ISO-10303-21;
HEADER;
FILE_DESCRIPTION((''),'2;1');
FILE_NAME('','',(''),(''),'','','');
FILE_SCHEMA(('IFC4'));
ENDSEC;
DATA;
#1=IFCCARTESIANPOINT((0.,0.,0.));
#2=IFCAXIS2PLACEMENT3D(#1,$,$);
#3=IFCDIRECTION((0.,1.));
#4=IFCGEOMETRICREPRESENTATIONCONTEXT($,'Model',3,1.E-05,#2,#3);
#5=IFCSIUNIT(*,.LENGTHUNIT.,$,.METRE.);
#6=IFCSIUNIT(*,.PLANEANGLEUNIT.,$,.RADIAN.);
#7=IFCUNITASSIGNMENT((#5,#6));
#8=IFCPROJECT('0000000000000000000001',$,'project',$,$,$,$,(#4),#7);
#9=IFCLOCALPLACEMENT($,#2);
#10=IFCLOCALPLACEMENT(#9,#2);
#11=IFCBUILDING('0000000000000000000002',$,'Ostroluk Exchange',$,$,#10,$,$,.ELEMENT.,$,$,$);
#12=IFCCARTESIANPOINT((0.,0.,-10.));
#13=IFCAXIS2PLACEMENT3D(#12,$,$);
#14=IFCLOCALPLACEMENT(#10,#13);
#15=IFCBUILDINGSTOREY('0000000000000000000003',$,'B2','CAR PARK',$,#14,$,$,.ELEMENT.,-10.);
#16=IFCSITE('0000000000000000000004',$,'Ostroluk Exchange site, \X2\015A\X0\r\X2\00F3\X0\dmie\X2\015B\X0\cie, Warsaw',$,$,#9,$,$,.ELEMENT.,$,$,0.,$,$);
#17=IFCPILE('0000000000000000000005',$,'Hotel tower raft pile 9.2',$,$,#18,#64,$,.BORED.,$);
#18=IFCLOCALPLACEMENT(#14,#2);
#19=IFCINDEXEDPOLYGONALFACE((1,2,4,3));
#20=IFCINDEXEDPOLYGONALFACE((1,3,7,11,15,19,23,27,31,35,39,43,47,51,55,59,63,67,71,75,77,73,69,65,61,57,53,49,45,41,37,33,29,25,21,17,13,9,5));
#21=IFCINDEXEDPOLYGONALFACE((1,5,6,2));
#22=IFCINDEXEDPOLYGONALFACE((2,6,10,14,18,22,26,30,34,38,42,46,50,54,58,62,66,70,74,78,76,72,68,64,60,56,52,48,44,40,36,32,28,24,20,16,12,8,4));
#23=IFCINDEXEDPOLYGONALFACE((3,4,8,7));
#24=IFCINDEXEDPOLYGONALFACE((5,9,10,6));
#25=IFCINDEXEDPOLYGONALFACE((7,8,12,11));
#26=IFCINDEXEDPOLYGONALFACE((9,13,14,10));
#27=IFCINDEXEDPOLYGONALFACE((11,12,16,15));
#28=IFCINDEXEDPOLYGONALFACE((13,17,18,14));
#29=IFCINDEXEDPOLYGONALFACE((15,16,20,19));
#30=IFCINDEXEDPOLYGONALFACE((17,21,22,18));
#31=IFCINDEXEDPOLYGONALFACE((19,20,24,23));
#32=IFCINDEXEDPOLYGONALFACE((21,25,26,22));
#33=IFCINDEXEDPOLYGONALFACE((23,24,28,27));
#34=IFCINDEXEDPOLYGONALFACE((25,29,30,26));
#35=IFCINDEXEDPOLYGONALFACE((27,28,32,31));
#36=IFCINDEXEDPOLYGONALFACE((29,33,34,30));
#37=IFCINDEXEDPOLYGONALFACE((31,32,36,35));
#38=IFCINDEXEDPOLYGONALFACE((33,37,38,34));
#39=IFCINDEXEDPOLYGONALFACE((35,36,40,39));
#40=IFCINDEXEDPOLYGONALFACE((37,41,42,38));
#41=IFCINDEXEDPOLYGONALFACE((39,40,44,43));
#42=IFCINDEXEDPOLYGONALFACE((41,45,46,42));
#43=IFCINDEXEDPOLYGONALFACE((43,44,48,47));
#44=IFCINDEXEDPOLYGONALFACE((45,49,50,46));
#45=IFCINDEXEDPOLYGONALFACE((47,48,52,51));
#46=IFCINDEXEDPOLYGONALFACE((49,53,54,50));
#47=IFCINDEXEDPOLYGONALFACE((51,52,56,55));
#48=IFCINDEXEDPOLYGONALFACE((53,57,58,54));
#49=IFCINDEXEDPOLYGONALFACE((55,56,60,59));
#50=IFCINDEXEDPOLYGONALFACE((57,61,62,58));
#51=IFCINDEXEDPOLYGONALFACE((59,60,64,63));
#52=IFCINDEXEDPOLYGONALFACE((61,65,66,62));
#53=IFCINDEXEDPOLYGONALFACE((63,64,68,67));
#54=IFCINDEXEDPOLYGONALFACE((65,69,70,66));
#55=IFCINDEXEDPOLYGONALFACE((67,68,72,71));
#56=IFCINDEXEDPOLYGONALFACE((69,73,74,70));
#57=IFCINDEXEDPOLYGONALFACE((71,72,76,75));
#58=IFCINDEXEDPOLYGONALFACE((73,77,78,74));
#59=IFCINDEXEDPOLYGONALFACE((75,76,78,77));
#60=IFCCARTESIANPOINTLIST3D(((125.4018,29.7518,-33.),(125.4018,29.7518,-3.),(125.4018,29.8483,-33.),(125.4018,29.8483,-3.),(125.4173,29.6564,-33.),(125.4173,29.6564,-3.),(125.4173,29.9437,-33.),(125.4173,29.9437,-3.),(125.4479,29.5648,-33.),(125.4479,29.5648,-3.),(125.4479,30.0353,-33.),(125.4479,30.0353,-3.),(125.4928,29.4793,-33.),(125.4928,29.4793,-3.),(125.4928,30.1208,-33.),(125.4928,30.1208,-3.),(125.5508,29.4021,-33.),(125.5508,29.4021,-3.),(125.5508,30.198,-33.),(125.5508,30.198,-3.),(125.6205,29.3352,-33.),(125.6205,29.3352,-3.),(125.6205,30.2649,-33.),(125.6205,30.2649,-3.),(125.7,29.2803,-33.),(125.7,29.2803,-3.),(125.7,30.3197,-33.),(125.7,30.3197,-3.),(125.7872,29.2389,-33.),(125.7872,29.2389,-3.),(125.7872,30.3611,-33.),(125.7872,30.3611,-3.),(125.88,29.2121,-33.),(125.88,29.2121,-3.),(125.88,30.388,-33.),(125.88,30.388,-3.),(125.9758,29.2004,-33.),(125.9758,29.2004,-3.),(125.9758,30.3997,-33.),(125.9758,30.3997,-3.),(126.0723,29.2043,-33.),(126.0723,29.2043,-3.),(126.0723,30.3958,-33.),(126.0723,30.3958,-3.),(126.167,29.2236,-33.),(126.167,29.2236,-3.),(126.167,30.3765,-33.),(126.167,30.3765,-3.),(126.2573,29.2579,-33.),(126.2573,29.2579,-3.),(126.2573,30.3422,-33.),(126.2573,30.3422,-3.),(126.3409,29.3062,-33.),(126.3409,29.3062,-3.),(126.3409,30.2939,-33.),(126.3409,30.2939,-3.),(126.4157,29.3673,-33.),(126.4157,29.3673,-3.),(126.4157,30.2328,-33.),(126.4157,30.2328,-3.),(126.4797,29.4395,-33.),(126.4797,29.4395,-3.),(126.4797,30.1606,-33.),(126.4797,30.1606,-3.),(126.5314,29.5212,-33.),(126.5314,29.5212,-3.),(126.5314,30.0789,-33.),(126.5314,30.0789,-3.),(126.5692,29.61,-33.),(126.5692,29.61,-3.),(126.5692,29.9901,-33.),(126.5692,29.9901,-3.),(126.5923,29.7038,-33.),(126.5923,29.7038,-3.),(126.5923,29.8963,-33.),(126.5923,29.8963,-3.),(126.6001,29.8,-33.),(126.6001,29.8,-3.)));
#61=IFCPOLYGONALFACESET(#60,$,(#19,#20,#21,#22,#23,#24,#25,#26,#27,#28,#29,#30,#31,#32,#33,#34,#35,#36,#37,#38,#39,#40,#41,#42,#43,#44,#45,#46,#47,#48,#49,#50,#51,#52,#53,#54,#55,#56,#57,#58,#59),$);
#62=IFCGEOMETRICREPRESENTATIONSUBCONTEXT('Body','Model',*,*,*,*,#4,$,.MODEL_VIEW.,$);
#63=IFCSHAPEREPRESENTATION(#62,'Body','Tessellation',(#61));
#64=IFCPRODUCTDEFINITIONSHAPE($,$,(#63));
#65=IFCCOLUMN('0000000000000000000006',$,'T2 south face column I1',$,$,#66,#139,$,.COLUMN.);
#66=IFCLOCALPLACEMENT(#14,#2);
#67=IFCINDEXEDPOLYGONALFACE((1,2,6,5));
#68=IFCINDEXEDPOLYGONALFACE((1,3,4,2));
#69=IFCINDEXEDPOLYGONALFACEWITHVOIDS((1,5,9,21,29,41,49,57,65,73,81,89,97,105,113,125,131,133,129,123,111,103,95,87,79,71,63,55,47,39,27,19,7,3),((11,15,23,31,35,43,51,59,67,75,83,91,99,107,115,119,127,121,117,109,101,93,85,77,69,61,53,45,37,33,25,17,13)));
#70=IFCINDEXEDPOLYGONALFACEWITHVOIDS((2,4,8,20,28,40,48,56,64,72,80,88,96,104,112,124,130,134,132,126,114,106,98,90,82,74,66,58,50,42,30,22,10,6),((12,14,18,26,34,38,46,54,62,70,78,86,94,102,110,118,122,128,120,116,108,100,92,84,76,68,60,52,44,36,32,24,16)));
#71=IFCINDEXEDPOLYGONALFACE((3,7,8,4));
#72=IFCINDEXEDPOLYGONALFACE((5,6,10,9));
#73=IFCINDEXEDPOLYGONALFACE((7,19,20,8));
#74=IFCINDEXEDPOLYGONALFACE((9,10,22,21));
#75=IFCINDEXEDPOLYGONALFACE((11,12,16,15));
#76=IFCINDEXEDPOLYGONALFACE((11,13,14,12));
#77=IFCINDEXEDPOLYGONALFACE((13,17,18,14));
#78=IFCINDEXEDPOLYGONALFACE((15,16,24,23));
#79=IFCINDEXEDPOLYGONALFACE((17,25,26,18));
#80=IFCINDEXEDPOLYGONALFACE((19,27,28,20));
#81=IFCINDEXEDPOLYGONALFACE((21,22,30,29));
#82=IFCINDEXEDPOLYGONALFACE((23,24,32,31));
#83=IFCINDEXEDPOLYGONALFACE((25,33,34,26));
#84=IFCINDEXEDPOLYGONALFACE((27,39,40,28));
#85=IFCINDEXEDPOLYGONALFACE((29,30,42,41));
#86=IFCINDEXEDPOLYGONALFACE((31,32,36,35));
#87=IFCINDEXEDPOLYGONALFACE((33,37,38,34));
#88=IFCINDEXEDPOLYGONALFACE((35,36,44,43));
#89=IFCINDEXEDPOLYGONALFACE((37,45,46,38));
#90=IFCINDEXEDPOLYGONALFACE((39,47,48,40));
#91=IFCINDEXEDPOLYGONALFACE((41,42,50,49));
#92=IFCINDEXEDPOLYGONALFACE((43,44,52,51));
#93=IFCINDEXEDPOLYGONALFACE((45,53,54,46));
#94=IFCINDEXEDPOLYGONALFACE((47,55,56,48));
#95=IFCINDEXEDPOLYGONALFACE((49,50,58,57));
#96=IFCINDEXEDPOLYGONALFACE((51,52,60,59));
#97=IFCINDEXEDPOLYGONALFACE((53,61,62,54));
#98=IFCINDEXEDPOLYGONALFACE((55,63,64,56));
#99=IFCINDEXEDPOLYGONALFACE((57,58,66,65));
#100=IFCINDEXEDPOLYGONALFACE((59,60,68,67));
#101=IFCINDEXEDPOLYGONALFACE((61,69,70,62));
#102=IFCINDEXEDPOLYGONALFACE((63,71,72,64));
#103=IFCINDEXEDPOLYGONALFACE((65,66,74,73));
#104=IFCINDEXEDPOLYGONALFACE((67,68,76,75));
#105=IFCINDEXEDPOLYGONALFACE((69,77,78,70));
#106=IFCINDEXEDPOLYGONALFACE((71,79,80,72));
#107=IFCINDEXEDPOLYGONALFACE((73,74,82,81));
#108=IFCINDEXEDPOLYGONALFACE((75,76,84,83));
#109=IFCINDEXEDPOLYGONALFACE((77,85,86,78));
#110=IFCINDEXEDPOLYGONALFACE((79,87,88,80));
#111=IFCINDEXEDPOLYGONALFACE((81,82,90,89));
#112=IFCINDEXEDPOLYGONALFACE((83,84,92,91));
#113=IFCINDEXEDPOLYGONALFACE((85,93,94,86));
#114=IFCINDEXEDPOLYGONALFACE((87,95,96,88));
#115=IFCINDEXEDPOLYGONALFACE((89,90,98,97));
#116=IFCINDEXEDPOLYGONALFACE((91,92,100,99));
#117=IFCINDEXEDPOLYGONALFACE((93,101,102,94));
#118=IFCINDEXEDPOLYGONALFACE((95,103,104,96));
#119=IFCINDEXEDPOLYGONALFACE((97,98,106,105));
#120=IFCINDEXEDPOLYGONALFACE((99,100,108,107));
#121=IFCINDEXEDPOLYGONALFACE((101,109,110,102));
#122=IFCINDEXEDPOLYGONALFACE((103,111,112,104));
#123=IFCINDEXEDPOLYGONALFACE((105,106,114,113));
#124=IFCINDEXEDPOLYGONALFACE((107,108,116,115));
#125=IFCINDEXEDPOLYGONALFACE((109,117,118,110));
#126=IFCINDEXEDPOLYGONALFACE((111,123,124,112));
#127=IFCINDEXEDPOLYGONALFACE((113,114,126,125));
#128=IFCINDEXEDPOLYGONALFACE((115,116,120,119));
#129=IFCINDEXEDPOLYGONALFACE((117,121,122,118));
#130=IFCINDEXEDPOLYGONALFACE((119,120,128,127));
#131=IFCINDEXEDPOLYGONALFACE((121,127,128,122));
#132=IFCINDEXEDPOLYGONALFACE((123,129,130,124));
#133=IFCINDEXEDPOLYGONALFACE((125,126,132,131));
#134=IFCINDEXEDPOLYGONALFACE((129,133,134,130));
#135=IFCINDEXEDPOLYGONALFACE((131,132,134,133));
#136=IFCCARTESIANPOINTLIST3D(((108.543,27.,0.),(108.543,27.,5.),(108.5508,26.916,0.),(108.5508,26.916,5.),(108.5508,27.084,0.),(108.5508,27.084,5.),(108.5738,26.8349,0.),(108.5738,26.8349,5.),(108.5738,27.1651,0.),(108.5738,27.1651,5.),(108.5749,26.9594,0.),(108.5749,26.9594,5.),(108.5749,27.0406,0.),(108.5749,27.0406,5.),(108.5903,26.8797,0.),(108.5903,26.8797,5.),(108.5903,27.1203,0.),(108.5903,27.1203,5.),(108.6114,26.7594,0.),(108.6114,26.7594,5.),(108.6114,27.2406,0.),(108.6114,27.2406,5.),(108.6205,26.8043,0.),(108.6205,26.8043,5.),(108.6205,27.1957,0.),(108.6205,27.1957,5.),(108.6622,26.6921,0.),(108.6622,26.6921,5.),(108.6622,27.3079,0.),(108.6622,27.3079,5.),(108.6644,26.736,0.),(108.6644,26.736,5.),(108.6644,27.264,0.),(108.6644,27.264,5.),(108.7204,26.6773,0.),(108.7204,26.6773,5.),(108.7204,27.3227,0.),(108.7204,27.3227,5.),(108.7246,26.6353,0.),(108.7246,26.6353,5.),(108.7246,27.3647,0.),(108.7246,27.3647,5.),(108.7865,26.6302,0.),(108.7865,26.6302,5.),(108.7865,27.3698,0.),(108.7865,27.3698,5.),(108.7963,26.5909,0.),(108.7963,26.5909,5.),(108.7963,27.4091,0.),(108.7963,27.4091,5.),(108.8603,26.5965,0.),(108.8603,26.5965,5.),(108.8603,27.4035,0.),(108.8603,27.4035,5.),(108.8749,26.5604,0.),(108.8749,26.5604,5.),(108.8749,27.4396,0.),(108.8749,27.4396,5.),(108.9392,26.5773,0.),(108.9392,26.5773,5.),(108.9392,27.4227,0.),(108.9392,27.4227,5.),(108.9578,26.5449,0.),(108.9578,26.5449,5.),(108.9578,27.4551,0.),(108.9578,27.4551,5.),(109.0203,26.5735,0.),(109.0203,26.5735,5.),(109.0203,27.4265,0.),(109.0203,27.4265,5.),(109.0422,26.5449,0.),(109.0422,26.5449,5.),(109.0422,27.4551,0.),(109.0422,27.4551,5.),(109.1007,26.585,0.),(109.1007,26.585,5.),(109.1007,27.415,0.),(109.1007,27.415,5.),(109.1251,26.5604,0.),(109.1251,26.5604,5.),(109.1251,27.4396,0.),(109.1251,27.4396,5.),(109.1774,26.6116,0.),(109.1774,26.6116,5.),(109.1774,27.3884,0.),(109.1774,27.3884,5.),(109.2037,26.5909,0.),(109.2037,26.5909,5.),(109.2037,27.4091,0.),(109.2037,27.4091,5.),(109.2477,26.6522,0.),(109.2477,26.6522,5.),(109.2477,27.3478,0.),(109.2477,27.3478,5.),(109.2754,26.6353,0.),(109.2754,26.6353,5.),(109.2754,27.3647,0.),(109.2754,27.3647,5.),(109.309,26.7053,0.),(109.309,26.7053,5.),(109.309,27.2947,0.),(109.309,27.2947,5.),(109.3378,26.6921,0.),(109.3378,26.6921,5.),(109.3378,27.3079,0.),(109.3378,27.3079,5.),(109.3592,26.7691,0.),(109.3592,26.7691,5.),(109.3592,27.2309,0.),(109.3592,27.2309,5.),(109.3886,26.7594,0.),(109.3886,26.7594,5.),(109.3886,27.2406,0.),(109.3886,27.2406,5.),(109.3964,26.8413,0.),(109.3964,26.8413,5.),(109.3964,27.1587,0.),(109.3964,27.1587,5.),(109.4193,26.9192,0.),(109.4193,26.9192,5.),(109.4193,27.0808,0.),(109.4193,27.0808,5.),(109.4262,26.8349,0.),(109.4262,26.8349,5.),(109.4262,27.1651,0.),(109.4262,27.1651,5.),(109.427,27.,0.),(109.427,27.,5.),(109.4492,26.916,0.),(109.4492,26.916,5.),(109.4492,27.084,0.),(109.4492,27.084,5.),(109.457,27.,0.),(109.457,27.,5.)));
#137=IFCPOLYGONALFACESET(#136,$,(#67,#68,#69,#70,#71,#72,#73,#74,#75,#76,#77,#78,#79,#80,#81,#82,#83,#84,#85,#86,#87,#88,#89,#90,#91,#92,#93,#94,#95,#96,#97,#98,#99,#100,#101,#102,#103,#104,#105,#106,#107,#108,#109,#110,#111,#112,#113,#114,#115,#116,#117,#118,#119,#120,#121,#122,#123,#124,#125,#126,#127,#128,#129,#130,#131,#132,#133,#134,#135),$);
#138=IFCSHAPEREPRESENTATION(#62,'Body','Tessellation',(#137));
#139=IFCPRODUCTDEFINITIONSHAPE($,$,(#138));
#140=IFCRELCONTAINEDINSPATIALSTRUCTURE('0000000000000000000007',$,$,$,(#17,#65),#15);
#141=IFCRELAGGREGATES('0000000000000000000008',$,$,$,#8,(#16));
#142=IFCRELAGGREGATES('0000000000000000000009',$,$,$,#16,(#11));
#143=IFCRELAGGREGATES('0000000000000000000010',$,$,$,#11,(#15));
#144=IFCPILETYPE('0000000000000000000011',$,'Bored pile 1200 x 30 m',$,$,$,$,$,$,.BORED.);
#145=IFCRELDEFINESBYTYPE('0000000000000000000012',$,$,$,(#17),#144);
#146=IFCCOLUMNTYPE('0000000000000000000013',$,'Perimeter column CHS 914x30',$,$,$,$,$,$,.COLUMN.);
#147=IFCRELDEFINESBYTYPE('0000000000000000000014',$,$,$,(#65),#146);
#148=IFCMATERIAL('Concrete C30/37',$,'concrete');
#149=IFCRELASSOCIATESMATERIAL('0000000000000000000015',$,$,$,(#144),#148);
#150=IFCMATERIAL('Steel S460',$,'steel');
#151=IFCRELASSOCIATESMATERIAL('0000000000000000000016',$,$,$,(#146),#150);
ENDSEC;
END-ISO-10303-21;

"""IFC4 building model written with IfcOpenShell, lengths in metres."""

from ifc_helpers import new_model, si_unit, direction, frame, origin, origin_2d, place, context, subcontext, project, spatial, circle, hollow_circle, extrude, material, material_profile, profile_set, type_object, element, save


model = new_model("IFC4")

# Units and contexts
model_context = context("Model", 3, precision=1e-05, world=origin(), true_north=direction((0.0, 1.0)))
body_context = subcontext(model_context, "Body", "Model", "MODEL_VIEW")
ifc_project = project(units=[si_unit("LENGTHUNIT", "METRE"), si_unit("PLANEANGLEUNIT", "RADIAN")], contexts=[model_context])

# Site, building, storey
site_placement = place(None, origin())
site = spatial("IfcSite", under=ifc_project, at=site_placement, Name="Ostroluk Exchange site, Śródmieście, Warsaw", CompositionType="ELEMENT", RefElevation=0.0)
building_placement = place(site_placement, origin())
building = spatial("IfcBuilding", under=site, at=building_placement, Name="Ostroluk Exchange", CompositionType="ELEMENT")
storey_placement = place(building_placement, frame((0.0, 0.0, -10.0)))
storey = spatial("IfcBuildingStorey", under=building, at=storey_placement, Name="B2", Description="CAR PARK", CompositionType="ELEMENT", Elevation=-10.0)

# Pile
ifc_material_1 = material(Name="Concrete C30/37", Category="concrete")
pile_type = type_object("IfcPileType", Name="Bored pile 1200 x 30 m", PredefinedType="BORED", material=ifc_material_1)
for number, where, z_axis, x_axis, name in (
    (1, (126.0, 29.8, -3.0), (0.0, 0.0, -1.0), (1.0, 0.0, 0.0), "Hotel tower raft pile 9.2"),
):
    element("IfcPile", number, at=place(storey_placement, frame(where, z_axis=z_axis, x_axis=x_axis)), inside=storey, type_object=pile_type, Name=name, PredefinedType="BORED", context=body_context, shape_type="SweptSolid", body=[
        extrude(circle(Radius=0.6001, at=origin_2d()), origin(), (0.0, 0.0, 1.0), 30.0),
    ])

# Column
ifc_material_2 = material(Name="Steel S460", Category="steel")
ifc_material_profile = material_profile(ifc_material_2, hollow_circle(Radius=0.457, WallThickness=0.03, at=origin_2d()), Name="CHS 914x30")
ifc_profile_set = profile_set([ifc_material_profile], Name="Steel S460")
column_type = type_object("IfcColumnType", Name="Perimeter column CHS 914x30", PredefinedType="COLUMN", material=ifc_profile_set)
for number, where, z_axis, x_axis, name in (
    (2, (109.0, 27.0, 0.0), (0.0, 0.0, 1.0), (1.0, 0.0, 0.0), "T2 south face column I1"),
):
    element("IfcColumn", number, at=place(storey_placement, frame(where, z_axis=z_axis, x_axis=x_axis)), inside=storey, type_object=column_type, Name=name, PredefinedType="COLUMN", context=body_context, shape_type="SweptSolid", body=[
        extrude(hollow_circle(Radius=0.457, WallThickness=0.03, at=origin_2d()), origin(), (0.0, 0.0, 1.0), 5.0),
    ])

save(model, "model.ifc")
